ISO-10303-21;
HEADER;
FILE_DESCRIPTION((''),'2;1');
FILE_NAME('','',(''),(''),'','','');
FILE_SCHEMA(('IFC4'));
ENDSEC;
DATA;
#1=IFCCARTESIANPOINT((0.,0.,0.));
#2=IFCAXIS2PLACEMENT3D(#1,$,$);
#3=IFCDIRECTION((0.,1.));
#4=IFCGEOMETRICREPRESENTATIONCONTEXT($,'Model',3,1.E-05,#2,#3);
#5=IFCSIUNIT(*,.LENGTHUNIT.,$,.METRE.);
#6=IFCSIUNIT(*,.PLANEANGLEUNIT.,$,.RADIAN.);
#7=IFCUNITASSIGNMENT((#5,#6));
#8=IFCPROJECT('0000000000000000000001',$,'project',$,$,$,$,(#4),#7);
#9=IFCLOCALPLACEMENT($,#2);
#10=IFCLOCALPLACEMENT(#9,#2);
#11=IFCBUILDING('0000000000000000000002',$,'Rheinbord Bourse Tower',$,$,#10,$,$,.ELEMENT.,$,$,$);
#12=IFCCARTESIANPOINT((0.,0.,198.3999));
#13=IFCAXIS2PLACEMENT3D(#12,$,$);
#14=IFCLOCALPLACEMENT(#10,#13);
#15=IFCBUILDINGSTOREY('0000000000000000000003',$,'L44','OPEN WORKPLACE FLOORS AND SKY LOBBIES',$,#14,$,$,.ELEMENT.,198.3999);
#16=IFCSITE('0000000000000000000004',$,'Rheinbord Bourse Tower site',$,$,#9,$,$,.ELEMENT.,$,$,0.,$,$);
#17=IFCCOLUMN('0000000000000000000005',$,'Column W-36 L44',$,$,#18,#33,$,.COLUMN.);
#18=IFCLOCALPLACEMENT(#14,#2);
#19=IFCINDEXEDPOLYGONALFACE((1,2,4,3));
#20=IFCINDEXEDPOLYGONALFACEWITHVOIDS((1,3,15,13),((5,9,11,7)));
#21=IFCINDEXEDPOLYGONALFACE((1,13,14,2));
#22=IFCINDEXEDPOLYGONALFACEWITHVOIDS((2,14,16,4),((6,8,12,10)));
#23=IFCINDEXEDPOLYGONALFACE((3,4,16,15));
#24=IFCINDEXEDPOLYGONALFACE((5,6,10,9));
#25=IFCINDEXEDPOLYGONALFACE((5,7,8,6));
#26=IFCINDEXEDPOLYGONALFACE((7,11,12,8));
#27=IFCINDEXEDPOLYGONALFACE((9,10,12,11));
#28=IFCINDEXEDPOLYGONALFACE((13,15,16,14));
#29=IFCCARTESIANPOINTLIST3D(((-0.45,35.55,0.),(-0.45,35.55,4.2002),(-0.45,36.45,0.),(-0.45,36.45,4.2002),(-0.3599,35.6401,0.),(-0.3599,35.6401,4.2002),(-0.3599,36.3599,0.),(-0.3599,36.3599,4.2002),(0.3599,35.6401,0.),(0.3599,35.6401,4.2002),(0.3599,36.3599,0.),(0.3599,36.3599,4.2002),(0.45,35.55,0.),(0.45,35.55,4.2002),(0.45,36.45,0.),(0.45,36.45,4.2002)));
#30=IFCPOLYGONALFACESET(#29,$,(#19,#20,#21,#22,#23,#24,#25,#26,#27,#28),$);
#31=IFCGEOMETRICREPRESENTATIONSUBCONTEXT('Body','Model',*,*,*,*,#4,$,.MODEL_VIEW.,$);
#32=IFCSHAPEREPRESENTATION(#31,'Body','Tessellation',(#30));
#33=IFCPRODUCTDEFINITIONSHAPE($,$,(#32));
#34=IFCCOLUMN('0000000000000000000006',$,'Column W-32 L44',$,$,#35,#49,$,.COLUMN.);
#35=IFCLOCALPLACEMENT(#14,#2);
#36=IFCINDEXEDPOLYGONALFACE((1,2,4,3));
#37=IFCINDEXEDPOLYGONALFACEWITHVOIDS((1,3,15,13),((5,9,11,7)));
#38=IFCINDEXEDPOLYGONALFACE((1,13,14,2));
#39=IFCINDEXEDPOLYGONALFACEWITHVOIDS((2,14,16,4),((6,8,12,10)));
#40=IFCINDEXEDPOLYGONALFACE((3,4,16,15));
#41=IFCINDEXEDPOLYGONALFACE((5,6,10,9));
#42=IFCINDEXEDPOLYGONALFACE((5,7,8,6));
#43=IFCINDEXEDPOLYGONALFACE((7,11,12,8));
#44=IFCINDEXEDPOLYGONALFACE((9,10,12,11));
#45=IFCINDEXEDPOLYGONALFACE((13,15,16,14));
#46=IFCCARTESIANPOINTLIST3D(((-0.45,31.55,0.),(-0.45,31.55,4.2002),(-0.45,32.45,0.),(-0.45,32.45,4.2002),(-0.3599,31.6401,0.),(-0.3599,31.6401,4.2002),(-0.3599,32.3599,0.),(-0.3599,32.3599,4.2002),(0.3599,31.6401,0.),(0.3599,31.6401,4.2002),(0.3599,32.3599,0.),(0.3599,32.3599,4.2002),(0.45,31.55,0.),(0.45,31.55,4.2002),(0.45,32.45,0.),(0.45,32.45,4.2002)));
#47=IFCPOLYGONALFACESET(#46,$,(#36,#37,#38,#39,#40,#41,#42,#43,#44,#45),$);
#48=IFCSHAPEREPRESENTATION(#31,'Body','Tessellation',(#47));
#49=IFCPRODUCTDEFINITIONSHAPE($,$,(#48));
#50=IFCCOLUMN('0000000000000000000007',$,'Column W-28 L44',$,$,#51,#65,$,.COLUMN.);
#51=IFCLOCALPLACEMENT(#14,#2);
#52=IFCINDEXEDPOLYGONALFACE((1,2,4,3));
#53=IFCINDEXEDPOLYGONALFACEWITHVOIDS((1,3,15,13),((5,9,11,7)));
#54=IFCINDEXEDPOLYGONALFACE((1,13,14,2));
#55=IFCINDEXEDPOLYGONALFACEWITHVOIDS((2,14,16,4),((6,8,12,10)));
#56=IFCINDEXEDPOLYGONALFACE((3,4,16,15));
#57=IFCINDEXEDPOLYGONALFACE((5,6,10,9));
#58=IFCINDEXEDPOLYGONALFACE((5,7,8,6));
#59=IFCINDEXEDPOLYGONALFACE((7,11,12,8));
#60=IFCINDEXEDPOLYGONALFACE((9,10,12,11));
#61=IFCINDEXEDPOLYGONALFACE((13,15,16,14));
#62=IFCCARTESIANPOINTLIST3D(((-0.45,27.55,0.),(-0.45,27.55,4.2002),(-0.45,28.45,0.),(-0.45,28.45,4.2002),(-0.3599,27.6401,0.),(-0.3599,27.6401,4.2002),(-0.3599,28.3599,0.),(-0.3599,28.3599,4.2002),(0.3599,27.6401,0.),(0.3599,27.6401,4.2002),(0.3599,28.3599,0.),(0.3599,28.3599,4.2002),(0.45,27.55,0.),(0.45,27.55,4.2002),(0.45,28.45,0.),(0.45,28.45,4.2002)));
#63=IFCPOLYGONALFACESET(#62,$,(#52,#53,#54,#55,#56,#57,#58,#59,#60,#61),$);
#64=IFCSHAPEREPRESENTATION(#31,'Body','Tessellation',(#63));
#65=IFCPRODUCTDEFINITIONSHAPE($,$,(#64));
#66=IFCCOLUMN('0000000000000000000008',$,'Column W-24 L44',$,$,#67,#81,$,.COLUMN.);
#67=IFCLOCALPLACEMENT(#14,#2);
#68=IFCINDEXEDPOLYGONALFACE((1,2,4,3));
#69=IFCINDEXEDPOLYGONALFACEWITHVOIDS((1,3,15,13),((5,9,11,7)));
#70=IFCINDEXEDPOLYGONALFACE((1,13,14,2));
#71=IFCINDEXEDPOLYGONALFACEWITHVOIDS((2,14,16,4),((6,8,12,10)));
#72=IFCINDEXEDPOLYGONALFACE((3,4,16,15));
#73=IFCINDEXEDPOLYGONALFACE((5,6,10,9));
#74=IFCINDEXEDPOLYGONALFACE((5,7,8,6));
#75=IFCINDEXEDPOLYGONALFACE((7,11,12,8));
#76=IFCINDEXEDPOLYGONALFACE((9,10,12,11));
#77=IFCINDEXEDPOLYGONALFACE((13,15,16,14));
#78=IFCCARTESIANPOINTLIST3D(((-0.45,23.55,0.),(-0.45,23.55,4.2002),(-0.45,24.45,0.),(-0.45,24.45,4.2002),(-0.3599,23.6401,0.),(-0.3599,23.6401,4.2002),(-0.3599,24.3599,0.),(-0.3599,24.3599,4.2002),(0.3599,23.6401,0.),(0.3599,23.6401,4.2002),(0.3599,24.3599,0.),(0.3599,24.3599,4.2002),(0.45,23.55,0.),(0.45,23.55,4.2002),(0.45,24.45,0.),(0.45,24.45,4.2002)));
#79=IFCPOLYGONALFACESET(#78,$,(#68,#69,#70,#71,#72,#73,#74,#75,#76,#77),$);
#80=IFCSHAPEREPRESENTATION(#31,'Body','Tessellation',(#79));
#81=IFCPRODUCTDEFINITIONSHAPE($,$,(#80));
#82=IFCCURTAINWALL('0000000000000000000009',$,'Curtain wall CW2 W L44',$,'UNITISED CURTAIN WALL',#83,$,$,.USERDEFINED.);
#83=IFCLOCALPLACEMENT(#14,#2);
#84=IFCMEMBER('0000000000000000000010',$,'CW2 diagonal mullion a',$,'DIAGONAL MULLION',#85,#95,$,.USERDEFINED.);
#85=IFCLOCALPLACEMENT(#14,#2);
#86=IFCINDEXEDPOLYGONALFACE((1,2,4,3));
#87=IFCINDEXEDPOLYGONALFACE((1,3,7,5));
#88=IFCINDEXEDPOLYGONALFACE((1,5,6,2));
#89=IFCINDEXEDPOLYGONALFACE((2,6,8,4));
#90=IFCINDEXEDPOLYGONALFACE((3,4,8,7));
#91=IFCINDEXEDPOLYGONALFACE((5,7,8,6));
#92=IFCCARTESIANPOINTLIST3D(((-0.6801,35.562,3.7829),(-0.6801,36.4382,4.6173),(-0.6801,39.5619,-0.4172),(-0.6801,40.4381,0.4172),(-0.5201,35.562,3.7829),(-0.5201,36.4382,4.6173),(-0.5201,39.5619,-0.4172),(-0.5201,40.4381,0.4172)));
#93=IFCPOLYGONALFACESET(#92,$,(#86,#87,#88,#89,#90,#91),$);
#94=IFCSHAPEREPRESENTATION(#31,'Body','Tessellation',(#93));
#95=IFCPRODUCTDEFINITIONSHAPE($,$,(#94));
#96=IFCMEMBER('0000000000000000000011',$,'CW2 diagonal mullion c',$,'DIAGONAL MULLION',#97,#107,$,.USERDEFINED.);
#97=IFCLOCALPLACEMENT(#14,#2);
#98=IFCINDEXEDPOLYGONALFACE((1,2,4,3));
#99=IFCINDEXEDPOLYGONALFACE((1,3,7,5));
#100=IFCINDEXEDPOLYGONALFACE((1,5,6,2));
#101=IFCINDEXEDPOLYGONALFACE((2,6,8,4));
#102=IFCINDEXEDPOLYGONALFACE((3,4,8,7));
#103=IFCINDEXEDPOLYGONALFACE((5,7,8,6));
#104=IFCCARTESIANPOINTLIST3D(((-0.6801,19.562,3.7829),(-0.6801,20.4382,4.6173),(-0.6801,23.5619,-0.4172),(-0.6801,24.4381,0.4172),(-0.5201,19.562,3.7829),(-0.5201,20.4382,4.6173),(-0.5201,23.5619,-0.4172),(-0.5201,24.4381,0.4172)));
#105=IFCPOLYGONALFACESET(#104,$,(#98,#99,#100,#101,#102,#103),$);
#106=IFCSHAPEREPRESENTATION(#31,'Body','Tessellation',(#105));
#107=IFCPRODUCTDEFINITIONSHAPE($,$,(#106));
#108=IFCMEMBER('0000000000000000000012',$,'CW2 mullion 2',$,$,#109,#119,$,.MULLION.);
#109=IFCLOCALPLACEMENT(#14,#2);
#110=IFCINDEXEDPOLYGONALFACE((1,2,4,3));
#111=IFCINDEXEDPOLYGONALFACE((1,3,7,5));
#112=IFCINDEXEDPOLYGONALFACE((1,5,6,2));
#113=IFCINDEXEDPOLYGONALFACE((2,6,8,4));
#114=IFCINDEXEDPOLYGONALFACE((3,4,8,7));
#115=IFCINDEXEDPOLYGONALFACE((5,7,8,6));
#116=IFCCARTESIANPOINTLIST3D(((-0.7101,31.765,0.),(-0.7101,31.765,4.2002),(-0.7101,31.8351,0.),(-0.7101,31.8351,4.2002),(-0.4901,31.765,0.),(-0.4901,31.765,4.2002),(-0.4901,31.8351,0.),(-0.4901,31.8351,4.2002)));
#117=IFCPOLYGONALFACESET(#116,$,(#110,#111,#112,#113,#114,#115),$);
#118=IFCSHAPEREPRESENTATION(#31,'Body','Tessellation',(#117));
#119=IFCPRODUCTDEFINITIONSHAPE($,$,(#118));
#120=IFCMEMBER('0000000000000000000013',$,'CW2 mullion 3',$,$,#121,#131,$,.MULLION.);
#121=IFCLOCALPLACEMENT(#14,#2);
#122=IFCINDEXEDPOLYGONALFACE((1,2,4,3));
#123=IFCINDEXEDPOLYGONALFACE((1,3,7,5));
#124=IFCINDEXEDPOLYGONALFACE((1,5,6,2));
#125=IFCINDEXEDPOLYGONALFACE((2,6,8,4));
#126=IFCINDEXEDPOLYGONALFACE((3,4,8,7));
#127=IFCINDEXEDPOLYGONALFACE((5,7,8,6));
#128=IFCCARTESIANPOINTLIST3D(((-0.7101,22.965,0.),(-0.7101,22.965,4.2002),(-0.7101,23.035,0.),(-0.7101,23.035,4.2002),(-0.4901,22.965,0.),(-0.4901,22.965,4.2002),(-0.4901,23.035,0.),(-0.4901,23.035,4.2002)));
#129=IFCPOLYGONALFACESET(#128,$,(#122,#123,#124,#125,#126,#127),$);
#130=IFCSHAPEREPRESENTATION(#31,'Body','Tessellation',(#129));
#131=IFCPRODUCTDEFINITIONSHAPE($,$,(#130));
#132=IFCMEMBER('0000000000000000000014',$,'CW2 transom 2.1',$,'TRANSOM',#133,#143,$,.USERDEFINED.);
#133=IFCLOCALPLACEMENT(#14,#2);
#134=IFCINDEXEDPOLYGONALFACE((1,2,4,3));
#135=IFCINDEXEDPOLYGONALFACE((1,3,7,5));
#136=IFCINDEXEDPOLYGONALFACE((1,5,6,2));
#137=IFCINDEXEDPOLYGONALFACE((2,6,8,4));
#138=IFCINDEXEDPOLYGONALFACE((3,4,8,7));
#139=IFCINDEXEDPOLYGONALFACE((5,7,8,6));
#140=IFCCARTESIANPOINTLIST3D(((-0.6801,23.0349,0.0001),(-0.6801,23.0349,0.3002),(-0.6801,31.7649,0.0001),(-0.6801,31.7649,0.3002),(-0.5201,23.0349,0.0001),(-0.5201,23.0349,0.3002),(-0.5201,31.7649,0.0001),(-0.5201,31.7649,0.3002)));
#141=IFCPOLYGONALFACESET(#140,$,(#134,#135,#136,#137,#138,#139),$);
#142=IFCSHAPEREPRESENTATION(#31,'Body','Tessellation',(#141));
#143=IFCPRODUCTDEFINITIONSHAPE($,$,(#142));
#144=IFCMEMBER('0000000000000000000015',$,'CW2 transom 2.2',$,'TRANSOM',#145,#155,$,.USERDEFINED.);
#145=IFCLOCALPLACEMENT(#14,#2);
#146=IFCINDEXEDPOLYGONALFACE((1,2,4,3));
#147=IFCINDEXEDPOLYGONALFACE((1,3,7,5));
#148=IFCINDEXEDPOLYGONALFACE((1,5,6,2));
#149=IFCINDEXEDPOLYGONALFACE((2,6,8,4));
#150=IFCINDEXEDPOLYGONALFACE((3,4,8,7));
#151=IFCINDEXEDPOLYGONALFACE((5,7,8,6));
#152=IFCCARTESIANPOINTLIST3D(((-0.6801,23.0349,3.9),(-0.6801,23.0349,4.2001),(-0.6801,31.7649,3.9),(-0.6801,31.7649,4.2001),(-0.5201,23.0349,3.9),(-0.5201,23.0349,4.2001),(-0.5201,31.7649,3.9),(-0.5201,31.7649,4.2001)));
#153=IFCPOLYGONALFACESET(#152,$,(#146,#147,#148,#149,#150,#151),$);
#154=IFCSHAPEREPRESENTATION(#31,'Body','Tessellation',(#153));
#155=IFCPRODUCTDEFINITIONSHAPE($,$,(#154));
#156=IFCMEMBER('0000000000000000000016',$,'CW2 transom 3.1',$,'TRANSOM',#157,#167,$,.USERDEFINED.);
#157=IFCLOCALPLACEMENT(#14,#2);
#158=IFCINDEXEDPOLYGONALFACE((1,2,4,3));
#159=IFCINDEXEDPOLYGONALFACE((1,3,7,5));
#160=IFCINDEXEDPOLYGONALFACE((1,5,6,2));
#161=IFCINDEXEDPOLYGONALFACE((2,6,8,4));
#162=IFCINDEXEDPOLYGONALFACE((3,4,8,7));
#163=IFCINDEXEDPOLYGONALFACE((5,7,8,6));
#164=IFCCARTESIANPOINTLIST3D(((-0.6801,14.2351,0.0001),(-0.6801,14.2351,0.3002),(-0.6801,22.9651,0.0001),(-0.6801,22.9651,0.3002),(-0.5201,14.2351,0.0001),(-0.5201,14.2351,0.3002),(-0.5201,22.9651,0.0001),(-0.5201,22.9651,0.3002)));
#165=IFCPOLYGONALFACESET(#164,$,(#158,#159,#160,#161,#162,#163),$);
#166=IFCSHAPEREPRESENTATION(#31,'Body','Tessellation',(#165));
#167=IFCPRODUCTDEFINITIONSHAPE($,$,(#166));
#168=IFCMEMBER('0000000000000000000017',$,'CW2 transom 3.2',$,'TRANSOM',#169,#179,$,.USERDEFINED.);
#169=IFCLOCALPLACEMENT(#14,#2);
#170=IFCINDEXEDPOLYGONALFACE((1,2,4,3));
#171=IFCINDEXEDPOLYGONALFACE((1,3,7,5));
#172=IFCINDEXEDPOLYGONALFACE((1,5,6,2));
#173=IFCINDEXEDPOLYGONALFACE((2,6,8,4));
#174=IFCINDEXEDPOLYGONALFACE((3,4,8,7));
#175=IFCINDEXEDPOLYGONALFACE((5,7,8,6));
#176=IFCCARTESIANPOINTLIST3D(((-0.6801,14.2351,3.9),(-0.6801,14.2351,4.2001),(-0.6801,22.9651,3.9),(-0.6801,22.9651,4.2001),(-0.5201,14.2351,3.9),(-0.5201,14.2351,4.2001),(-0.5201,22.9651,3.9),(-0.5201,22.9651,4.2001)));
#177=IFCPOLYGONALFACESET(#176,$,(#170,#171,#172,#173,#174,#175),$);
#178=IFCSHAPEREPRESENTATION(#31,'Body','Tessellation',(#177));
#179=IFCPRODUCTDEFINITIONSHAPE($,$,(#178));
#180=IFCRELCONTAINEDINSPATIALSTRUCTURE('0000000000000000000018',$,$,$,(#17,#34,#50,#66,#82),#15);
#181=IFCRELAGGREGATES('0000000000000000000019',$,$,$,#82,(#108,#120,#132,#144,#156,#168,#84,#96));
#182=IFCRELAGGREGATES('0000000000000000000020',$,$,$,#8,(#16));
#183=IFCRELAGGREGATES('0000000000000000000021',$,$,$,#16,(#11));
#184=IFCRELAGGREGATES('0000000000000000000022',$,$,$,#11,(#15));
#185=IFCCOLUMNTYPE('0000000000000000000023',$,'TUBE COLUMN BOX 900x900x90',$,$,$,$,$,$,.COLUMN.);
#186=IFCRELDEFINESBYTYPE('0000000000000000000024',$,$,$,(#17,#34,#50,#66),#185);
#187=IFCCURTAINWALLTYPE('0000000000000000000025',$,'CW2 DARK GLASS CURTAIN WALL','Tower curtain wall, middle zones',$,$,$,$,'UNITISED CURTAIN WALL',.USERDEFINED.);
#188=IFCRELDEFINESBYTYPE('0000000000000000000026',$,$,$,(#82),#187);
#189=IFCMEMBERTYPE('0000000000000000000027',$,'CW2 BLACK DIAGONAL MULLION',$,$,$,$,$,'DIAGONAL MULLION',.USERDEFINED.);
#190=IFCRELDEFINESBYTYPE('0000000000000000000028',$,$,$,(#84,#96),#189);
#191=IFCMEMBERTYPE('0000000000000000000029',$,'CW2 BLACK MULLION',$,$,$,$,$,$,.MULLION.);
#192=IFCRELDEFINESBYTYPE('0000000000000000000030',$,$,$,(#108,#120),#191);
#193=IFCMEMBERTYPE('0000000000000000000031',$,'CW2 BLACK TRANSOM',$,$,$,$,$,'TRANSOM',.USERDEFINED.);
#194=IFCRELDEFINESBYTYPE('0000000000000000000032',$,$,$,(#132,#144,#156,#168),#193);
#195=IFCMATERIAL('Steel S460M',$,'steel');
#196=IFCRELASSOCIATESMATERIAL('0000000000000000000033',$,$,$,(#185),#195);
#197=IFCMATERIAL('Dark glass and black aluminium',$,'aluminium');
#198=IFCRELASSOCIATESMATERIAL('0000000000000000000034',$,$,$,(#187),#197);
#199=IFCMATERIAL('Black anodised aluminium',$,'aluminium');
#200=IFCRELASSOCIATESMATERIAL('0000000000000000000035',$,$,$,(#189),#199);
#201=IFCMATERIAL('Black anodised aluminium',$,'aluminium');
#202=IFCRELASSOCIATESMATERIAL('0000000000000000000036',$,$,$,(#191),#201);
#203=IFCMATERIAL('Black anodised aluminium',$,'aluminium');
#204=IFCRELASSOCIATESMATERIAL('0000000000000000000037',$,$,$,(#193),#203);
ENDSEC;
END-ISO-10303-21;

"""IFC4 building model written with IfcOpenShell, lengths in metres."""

from ifc_helpers import new_model, si_unit, direction, frame, origin, origin_2d, place, context, subcontext, project, spatial, rectangle, hollow_rectangle, extrude, material, material_profile, profile_set, type_object, element, aggregate, save


model = new_model("IFC4")

# Units and contexts
model_context = context("Model", 3, precision=1e-05, world=origin(), true_north=direction((0.0, 1.0)))
body_context = subcontext(model_context, "Body", "Model", "MODEL_VIEW")
ifc_project = project(units=[si_unit("LENGTHUNIT", "METRE"), si_unit("PLANEANGLEUNIT", "RADIAN")], contexts=[model_context])

# Site, building, storey
site_placement = place(None, origin())
site = spatial("IfcSite", under=ifc_project, at=site_placement, Name="Rheinbord Bourse Tower site", CompositionType="ELEMENT", RefElevation=0.0)
building_placement = place(site_placement, origin())
building = spatial("IfcBuilding", under=site, at=building_placement, Name="Rheinbord Bourse Tower", CompositionType="ELEMENT")
storey_placement = place(building_placement, frame((0.0, 0.0, 198.3999)))
storey = spatial("IfcBuildingStorey", under=building, at=storey_placement, Name="L44", Description="OPEN WORKPLACE FLOORS AND SKY LOBBIES", CompositionType="ELEMENT", Elevation=198.3999)

# Columns
ifc_material_1 = material(Name="Steel S460M", Category="steel")
ifc_material_profile_1 = material_profile(ifc_material_1, hollow_rectangle(XDim=0.8999, YDim=0.8999, WallThickness=0.0901, at=origin_2d()), Name="BOX 900x900x90")
ifc_profile_set_1 = profile_set([ifc_material_profile_1], Name="Steel S460M")
column_type = type_object("IfcColumnType", Name="TUBE COLUMN BOX 900x900x90", PredefinedType="COLUMN", material=ifc_profile_set_1)
for number, where, z_axis, x_axis, name in (
    (1, (0.0, 36.0, 0.0), (0.0, 0.0, 1.0), (1.0, 0.0, 0.0), "Column W-36 L44"),
    (2, (0.0, 32.0, 0.0), (0.0, 0.0, 1.0), (1.0, 0.0, 0.0), "Column W-32 L44"),
    (3, (0.0, 28.0, 0.0), (0.0, 0.0, 1.0), (1.0, 0.0, 0.0), "Column W-28 L44"),
    (4, (0.0, 24.0, 0.0), (0.0, 0.0, 1.0), (1.0, 0.0, 0.0), "Column W-24 L44"),
):
    element("IfcColumn", number, at=place(storey_placement, frame(where, z_axis=z_axis, x_axis=x_axis)), inside=storey, type_object=column_type, Name=name, PredefinedType="COLUMN", context=body_context, shape_type="SweptSolid", body=[
        extrude(hollow_rectangle(XDim=0.8999, YDim=0.8999, WallThickness=0.0901, at=origin_2d()), origin(), (0.0, 0.0, 1.0), 4.2002),
    ])

# Curtain wall, members
ifc_material_2 = material(Name="Dark glass and black aluminium", Category="aluminium")
curtain_wall_type = type_object("IfcCurtainWallType", Name="CW2 DARK GLASS CURTAIN WALL", Description="Tower curtain wall, middle zones", ElementType="UNITISED CURTAIN WALL", PredefinedType="USERDEFINED", material=ifc_material_2)
curtain_wall_placement = place(storey_placement, origin())
curtain_wall = element("IfcCurtainWall", 5, at=curtain_wall_placement, inside=storey, type_object=curtain_wall_type, Name="Curtain wall CW2 W L44", ObjectType="UNITISED CURTAIN WALL", PredefinedType="USERDEFINED")
ifc_material_3 = material(Name="Black anodised aluminium", Category="aluminium")
ifc_material_profile_2 = material_profile(ifc_material_3, rectangle(XDim=0.1599, YDim=1.21, at=origin_2d()), Name="CW2 DIAGONAL MULLION 1210x160")
ifc_profile_set_2 = profile_set([ifc_material_profile_2], Name="Black anodised aluminium")
member_type_1 = type_object("IfcMemberType", Name="CW2 BLACK DIAGONAL MULLION", ElementType="DIAGONAL MULLION", PredefinedType="USERDEFINED", material=ifc_profile_set_2)
member_1_placement = place(storey_placement, frame((-0.6001, 40.0, 0.0), z_axis=(0.0, -0.689638, 0.724154), x_axis=(1.0, 0.0, 0.0)))
member_1 = element("IfcMember", 6, at=member_1_placement, type_object=member_type_1, Name="CW2 diagonal mullion a", ObjectType="DIAGONAL MULLION", PredefinedType="USERDEFINED", context=body_context, shape_type="SweptSolid", body=[
    extrude(rectangle(XDim=0.1599, YDim=1.21, at=origin_2d()), origin(), (0.0, 0.0, 1.0), 5.8),
])
member_2_placement = place(storey_placement, frame((-0.6001, 24.0, 0.0), z_axis=(0.0, -0.689638, 0.724154), x_axis=(1.0, 0.0, 0.0)))
member_2 = element("IfcMember", 7, at=member_2_placement, type_object=member_type_1, Name="CW2 diagonal mullion c", ObjectType="DIAGONAL MULLION", PredefinedType="USERDEFINED", context=body_context, shape_type="SweptSolid", body=[
    extrude(rectangle(XDim=0.1599, YDim=1.21, at=origin_2d()), origin(), (0.0, 0.0, 1.0), 5.8),
])
ifc_material_4 = material(Name="Black anodised aluminium", Category="aluminium")
ifc_material_profile_3 = material_profile(ifc_material_4, rectangle(XDim=0.22, YDim=0.0701, at=origin_2d()), Name="CW2 MULLION 70x220")
ifc_profile_set_3 = profile_set([ifc_material_profile_3], Name="Black anodised aluminium")
member_type_2 = type_object("IfcMemberType", Name="CW2 BLACK MULLION", PredefinedType="MULLION", material=ifc_profile_set_3)
member_3_placement = place(storey_placement, frame((-0.6001, 31.8, 0.0), z_axis=(0.0, 0.0, 1.0), x_axis=(1.0, 0.0, 0.0)))
member_3 = element("IfcMember", 8, at=member_3_placement, type_object=member_type_2, Name="CW2 mullion 2", PredefinedType="MULLION", context=body_context, shape_type="SweptSolid", body=[
    extrude(rectangle(XDim=0.22, YDim=0.0701, at=origin_2d()), origin(), (0.0, 0.0, 1.0), 4.2002),
])
member_4_placement = place(storey_placement, frame((-0.6001, 23.0, 0.0), z_axis=(0.0, 0.0, 1.0), x_axis=(1.0, 0.0, 0.0)))
member_4 = element("IfcMember", 9, at=member_4_placement, type_object=member_type_2, Name="CW2 mullion 3", PredefinedType="MULLION", context=body_context, shape_type="SweptSolid", body=[
    extrude(rectangle(XDim=0.22, YDim=0.0701, at=origin_2d()), origin(), (0.0, 0.0, 1.0), 4.2002),
])
ifc_material_5 = material(Name="Black anodised aluminium", Category="aluminium")
ifc_material_profile_4 = material_profile(ifc_material_5, rectangle(XDim=0.1599, YDim=0.3, at=origin_2d()), Name="CW2 TRANSOM 300x160")
ifc_profile_set_4 = profile_set([ifc_material_profile_4], Name="Black anodised aluminium")
member_type_3 = type_object("IfcMemberType", Name="CW2 BLACK TRANSOM", ElementType="TRANSOM", PredefinedType="USERDEFINED", material=ifc_profile_set_4)
member_5_placement = place(storey_placement, frame((-0.6001, 31.7649, 0.1501), z_axis=(0.0, -1.0, 0.0), x_axis=(1.0, 0.0, 0.0)))
member_5 = element("IfcMember", 10, at=member_5_placement, type_object=member_type_3, Name="CW2 transom 2.1", ObjectType="TRANSOM", PredefinedType="USERDEFINED", context=body_context, shape_type="SweptSolid", body=[
    extrude(rectangle(XDim=0.1599, YDim=0.3, at=origin_2d()), origin(), (0.0, 0.0, 1.0), 8.73),
])
member_6_placement = place(storey_placement, frame((-0.6001, 31.7649, 4.05), z_axis=(0.0, -1.0, 0.0), x_axis=(1.0, 0.0, 0.0)))
member_6 = element("IfcMember", 11, at=member_6_placement, type_object=member_type_3, Name="CW2 transom 2.2", ObjectType="TRANSOM", PredefinedType="USERDEFINED", context=body_context, shape_type="SweptSolid", body=[
    extrude(rectangle(XDim=0.1599, YDim=0.3, at=origin_2d()), origin(), (0.0, 0.0, 1.0), 8.73),
])
member_7_placement = place(storey_placement, frame((-0.6001, 22.9651, 0.1501), z_axis=(0.0, -1.0, 0.0), x_axis=(1.0, 0.0, 0.0)))
member_7 = element("IfcMember", 12, at=member_7_placement, type_object=member_type_3, Name="CW2 transom 3.1", ObjectType="TRANSOM", PredefinedType="USERDEFINED", context=body_context, shape_type="SweptSolid", body=[
    extrude(rectangle(XDim=0.1599, YDim=0.3, at=origin_2d()), origin(), (0.0, 0.0, 1.0), 8.73),
])
member_8_placement = place(storey_placement, frame((-0.6001, 22.9651, 4.05), z_axis=(0.0, -1.0, 0.0), x_axis=(1.0, 0.0, 0.0)))
member_8 = element("IfcMember", 13, at=member_8_placement, type_object=member_type_3, Name="CW2 transom 3.2", ObjectType="TRANSOM", PredefinedType="USERDEFINED", context=body_context, shape_type="SweptSolid", body=[
    extrude(rectangle(XDim=0.1599, YDim=0.3, at=origin_2d()), origin(), (0.0, 0.0, 1.0), 8.73),
])

aggregate(curtain_wall, [member_3, member_4, member_5, member_6, member_7, member_8, member_1, member_2])

save(model, "model.ifc")
